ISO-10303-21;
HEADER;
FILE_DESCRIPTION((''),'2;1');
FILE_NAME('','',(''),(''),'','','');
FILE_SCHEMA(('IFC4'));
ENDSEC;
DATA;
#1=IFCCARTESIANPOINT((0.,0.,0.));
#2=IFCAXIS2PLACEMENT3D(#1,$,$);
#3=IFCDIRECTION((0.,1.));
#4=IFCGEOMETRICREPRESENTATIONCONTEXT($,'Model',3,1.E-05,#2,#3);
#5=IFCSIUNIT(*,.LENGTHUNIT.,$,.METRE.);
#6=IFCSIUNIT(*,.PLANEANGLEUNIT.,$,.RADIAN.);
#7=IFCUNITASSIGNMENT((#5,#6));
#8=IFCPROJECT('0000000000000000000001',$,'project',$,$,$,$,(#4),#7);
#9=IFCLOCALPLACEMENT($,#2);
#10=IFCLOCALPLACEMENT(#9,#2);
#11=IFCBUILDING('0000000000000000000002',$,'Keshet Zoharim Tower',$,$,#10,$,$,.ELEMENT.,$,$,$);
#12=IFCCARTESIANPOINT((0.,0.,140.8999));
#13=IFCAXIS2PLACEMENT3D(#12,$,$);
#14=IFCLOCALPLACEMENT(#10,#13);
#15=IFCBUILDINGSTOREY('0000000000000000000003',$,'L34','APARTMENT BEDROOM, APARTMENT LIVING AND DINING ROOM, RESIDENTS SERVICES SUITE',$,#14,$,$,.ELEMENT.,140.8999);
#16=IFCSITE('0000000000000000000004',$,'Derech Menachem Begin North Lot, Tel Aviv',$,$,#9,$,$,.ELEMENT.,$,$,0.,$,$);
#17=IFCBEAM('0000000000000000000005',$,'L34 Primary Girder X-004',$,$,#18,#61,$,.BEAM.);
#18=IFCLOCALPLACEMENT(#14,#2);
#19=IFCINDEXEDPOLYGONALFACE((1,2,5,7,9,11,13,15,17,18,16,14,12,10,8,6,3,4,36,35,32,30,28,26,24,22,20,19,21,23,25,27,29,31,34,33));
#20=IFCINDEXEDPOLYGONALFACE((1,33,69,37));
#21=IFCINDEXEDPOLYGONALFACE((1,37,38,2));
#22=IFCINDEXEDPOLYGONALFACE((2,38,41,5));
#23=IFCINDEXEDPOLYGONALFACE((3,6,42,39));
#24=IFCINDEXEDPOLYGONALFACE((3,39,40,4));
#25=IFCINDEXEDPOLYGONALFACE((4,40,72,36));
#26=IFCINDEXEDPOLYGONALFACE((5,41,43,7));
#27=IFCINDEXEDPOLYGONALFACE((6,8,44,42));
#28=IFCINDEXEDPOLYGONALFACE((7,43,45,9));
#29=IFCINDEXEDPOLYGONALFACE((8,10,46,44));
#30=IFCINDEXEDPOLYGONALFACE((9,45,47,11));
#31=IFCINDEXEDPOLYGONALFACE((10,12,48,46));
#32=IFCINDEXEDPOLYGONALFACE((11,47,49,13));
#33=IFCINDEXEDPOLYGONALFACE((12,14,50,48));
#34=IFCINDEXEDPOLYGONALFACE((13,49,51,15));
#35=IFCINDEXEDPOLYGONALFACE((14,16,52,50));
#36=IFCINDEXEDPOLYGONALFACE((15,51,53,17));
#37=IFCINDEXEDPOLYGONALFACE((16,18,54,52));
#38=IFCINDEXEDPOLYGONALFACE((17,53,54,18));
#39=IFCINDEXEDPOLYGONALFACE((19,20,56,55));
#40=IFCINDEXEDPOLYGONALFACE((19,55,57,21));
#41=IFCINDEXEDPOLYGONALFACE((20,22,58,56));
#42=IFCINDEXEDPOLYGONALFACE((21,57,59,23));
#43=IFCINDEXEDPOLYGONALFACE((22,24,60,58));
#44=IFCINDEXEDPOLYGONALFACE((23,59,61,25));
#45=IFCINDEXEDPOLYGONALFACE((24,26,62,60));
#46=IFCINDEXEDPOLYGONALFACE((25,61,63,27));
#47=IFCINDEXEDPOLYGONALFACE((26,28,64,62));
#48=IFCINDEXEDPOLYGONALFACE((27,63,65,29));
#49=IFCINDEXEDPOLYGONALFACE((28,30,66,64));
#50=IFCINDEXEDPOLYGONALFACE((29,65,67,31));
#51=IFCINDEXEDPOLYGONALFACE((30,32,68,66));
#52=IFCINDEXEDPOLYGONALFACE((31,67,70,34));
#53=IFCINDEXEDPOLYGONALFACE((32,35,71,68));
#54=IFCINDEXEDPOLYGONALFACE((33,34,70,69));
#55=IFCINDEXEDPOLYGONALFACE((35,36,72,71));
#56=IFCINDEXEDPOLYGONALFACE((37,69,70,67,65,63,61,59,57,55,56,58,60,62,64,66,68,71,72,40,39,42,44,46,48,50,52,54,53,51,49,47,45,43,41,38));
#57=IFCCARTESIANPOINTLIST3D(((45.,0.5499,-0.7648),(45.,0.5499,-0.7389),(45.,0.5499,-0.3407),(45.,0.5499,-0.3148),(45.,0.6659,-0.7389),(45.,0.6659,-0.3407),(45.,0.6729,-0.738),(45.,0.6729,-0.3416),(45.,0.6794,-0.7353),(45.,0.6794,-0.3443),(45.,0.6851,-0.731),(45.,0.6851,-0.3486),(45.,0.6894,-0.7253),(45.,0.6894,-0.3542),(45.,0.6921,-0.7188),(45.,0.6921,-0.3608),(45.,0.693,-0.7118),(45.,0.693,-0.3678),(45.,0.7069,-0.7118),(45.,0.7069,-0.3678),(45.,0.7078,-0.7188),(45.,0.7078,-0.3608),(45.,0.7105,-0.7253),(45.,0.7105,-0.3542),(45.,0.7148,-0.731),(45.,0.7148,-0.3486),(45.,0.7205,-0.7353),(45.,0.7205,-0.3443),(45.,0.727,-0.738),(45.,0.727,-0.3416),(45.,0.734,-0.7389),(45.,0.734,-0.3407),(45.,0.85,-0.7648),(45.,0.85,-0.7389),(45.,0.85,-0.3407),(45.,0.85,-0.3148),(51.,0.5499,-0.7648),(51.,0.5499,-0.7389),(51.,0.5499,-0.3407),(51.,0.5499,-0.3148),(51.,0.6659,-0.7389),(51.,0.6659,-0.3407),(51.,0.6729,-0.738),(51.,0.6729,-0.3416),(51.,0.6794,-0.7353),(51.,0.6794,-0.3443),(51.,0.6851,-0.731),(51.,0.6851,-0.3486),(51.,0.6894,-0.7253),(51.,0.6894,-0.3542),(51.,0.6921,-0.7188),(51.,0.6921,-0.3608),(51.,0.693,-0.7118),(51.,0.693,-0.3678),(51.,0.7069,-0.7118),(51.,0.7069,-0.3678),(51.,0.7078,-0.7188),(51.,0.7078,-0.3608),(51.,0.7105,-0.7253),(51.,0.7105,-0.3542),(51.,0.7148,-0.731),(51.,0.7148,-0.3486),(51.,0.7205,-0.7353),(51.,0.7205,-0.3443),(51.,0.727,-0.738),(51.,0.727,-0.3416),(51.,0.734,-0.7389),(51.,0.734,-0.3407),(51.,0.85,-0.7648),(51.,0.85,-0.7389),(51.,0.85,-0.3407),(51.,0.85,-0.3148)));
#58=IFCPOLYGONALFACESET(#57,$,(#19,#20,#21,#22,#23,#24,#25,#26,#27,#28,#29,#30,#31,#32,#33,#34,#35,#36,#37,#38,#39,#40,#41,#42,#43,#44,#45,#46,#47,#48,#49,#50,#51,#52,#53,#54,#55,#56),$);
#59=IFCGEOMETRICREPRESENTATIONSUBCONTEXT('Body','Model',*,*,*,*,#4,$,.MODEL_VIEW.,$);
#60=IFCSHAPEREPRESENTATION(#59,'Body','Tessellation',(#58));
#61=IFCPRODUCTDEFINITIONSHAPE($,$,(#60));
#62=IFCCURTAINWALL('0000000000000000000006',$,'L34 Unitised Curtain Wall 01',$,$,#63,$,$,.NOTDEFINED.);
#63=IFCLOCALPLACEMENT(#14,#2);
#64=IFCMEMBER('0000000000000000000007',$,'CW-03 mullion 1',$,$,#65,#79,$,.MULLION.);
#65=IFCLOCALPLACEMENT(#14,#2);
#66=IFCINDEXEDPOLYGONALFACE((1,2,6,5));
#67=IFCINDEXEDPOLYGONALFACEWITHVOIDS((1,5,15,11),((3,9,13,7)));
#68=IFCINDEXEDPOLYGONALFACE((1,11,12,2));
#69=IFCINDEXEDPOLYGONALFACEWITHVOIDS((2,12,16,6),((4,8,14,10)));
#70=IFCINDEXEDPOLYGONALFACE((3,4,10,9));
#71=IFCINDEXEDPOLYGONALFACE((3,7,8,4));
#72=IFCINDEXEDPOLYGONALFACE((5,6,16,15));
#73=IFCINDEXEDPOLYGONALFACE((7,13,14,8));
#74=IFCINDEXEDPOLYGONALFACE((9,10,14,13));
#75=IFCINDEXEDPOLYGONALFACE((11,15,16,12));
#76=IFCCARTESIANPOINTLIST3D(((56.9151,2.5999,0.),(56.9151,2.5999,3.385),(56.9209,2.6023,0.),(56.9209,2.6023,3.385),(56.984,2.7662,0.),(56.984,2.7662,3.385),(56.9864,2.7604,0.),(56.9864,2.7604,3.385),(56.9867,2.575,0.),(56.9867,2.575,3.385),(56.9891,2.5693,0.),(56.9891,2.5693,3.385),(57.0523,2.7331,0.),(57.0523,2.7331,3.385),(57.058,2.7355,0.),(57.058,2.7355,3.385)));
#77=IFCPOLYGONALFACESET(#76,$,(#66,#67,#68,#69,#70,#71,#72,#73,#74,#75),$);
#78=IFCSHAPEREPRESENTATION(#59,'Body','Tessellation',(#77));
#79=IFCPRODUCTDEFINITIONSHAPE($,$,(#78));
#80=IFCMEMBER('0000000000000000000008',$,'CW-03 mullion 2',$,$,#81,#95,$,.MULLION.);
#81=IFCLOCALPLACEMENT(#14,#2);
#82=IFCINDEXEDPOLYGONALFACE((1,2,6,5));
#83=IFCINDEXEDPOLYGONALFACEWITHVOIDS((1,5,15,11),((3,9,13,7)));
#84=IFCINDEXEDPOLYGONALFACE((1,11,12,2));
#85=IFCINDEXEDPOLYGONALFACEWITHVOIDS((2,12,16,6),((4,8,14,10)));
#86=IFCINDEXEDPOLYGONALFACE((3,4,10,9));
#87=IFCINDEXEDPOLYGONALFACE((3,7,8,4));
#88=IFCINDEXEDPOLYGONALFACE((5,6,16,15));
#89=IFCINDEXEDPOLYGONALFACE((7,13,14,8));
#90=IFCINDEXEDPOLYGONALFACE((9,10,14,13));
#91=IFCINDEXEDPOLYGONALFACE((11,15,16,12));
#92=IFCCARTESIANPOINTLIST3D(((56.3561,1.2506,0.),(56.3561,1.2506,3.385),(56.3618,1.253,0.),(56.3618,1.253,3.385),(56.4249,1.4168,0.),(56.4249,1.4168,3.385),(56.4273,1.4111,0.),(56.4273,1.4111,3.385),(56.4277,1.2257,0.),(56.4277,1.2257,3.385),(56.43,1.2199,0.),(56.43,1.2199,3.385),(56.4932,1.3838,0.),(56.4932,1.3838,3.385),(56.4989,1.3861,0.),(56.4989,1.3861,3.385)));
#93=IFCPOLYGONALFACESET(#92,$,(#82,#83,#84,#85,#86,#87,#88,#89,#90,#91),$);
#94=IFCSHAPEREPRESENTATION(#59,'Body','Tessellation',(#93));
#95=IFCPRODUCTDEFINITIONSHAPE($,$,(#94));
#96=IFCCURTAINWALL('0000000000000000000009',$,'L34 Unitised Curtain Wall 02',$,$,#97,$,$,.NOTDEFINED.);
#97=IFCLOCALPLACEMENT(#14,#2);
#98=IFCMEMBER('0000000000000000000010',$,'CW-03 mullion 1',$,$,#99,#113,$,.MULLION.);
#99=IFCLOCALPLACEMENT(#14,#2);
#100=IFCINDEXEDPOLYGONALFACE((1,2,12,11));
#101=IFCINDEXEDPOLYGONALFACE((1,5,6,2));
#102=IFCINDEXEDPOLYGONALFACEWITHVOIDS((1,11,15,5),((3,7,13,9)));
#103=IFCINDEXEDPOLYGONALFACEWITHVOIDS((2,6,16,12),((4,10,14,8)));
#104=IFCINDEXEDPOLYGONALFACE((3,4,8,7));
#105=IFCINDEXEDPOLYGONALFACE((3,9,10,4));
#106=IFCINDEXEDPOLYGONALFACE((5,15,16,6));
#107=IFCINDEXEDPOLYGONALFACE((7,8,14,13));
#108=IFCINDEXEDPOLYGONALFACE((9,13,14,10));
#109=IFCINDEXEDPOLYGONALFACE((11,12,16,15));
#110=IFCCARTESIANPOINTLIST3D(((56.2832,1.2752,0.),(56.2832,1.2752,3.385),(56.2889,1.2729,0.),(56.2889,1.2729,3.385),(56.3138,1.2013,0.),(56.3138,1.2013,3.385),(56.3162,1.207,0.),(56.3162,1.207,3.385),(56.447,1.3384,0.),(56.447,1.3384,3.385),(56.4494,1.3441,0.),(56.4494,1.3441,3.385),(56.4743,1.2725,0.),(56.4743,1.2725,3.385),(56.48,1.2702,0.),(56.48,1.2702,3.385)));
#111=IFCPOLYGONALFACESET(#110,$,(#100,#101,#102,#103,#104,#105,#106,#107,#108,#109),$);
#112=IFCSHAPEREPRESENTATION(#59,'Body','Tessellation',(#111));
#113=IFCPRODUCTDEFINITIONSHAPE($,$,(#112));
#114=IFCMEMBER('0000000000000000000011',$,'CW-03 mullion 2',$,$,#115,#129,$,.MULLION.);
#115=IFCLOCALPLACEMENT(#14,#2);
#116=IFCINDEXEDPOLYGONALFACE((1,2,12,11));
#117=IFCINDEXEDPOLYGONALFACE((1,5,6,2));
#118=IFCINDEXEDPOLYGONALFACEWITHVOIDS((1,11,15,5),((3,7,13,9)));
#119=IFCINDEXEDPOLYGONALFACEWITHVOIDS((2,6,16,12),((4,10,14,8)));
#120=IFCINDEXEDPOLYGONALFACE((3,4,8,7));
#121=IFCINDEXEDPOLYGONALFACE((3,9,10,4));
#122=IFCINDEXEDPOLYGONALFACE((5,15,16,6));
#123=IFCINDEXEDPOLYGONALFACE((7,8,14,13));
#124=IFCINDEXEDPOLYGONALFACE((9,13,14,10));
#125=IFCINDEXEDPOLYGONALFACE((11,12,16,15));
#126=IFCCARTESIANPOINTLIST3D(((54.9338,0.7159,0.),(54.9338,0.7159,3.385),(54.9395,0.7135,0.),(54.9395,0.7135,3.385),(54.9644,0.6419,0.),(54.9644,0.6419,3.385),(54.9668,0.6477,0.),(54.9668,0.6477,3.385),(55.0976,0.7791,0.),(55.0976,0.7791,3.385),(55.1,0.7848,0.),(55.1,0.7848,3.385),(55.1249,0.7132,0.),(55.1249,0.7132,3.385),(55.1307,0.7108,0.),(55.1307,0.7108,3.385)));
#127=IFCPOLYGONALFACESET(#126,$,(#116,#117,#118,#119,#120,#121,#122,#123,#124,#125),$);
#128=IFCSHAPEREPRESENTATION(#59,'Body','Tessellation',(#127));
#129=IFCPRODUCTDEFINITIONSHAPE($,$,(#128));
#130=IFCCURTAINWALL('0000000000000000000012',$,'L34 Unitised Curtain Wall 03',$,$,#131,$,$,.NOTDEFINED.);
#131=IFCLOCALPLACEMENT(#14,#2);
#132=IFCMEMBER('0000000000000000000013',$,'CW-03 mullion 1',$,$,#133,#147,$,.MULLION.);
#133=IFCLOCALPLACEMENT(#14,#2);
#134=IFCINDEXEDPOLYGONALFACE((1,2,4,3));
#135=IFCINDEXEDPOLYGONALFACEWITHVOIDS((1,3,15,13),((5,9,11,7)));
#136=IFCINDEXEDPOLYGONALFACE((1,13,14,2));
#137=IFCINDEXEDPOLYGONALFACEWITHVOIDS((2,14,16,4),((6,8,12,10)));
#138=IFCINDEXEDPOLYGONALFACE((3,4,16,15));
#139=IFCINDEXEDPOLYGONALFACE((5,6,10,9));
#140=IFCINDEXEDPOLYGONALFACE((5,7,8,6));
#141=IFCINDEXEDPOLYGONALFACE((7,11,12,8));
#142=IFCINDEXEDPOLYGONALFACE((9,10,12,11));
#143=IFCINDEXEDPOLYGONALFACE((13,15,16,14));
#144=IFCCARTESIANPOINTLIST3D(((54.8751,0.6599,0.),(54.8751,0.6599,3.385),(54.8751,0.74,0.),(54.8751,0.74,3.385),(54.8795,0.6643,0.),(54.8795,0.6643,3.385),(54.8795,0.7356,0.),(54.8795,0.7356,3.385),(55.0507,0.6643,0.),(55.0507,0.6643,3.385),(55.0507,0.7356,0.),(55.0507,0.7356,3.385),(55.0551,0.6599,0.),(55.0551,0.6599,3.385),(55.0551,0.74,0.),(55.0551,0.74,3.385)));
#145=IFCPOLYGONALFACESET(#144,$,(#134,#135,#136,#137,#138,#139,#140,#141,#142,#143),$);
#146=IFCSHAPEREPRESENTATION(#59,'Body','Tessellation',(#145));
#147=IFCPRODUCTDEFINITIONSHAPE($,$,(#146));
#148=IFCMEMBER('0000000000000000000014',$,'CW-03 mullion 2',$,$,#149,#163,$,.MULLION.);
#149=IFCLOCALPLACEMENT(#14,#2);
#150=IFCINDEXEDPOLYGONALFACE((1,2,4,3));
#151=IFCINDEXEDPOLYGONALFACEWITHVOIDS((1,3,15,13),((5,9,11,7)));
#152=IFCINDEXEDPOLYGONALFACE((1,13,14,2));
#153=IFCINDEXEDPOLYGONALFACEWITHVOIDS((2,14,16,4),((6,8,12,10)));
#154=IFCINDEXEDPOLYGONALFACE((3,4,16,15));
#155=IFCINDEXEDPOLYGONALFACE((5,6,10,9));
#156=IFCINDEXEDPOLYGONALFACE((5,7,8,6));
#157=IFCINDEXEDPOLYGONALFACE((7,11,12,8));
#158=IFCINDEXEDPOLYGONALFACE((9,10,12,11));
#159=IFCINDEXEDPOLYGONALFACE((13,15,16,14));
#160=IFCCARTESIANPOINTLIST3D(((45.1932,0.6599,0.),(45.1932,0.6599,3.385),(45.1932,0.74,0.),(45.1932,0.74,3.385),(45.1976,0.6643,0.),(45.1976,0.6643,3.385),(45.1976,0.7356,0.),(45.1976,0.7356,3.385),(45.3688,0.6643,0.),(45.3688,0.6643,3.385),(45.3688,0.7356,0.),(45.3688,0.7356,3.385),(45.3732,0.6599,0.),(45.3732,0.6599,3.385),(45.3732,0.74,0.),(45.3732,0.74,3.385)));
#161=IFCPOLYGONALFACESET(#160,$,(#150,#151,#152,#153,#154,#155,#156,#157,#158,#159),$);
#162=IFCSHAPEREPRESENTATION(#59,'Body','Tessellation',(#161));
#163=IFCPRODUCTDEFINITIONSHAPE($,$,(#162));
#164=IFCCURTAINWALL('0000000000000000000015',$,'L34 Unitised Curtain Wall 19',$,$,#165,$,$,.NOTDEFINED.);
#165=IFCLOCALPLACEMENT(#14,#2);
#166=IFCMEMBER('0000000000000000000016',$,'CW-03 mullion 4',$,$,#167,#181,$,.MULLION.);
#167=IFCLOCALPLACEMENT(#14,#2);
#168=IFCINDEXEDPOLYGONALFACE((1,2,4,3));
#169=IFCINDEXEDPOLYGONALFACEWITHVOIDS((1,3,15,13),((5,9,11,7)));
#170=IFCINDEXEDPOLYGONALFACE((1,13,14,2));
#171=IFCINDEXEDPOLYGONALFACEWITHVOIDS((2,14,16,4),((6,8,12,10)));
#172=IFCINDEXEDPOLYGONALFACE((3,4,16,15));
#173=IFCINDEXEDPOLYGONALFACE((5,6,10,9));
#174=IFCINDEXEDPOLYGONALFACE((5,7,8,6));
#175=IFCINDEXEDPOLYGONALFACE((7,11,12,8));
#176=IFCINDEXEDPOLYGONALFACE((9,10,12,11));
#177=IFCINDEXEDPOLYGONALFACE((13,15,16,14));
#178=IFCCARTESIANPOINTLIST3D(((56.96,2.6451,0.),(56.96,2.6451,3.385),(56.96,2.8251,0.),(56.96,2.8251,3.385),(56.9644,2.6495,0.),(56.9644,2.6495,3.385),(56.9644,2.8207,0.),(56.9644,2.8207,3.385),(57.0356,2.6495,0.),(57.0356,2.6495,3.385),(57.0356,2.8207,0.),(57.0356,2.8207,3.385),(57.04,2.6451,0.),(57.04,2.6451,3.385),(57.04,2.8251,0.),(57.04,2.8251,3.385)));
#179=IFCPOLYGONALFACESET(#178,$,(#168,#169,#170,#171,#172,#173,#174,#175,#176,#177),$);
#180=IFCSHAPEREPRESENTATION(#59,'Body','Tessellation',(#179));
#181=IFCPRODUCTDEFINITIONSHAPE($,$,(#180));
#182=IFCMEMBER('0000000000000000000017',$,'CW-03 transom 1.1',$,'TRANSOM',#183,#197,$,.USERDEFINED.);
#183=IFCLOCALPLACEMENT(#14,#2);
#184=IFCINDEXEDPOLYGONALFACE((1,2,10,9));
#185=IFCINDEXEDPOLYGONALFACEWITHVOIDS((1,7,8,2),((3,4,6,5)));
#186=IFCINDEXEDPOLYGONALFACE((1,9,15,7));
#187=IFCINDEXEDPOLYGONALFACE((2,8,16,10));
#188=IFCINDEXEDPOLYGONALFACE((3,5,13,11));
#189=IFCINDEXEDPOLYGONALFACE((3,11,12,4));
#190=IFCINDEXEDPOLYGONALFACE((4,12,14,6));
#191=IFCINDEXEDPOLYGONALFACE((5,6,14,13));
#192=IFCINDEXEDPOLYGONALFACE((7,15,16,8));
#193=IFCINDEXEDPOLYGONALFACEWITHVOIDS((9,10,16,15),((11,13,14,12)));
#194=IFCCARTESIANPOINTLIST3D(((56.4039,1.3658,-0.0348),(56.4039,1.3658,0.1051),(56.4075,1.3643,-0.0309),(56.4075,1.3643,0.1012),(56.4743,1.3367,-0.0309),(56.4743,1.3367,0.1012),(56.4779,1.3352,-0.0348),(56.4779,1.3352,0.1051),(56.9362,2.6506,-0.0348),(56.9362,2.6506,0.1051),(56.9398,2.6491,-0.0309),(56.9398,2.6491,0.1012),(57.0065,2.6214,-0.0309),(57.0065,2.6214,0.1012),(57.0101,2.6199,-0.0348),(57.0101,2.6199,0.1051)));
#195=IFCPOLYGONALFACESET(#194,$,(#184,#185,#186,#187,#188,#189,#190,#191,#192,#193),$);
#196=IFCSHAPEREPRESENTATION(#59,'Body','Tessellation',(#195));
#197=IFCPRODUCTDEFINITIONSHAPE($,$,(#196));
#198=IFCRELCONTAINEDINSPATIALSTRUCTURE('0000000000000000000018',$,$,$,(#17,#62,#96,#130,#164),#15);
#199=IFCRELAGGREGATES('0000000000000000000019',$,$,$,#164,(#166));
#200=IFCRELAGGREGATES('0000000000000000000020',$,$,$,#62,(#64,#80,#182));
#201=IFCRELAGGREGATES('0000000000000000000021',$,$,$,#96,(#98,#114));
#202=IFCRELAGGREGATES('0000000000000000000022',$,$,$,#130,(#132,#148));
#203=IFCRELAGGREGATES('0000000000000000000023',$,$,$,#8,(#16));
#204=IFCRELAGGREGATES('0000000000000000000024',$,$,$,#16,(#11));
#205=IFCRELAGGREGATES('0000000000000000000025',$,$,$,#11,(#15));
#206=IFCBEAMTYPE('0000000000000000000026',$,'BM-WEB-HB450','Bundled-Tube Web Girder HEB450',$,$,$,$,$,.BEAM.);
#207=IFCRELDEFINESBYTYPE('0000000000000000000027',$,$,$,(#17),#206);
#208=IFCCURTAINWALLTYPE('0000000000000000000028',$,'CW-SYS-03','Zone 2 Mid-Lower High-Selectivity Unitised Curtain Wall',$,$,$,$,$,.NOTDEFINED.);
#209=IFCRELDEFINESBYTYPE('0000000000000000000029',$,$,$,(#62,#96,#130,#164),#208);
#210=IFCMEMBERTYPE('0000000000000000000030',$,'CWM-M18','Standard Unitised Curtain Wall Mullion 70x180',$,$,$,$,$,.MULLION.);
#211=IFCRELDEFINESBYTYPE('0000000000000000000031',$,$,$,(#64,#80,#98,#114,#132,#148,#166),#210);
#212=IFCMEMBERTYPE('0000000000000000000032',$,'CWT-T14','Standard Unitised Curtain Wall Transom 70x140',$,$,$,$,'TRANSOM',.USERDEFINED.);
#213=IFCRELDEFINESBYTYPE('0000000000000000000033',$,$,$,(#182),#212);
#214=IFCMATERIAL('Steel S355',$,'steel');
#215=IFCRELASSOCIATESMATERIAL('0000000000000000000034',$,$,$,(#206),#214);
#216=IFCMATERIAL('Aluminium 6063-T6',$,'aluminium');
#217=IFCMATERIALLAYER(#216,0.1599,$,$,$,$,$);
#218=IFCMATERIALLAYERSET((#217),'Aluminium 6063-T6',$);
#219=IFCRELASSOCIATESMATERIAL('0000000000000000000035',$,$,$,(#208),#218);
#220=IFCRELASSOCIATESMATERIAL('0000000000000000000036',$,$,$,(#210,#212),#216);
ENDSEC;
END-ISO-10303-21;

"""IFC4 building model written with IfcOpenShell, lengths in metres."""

from ifc_helpers import new_model, si_unit, direction, frame, origin, origin_2d, place, context, subcontext, project, spatial, hollow_rectangle, i_section, extrude, material, layer, layer_set, material_profile, profile_set, type_object, element, aggregate, save


model = new_model("IFC4")

# Units and contexts
model_context = context("Model", 3, precision=1e-05, world=origin(), true_north=direction((0.0, 1.0)))
body_context = subcontext(model_context, "Body", "Model", "MODEL_VIEW")
ifc_project = project(units=[si_unit("LENGTHUNIT", "METRE"), si_unit("PLANEANGLEUNIT", "RADIAN")], contexts=[model_context])

# Site, building, storey
site_placement = place(None, origin())
site = spatial("IfcSite", under=ifc_project, at=site_placement, Name="Derech Menachem Begin North Lot, Tel Aviv", CompositionType="ELEMENT", RefElevation=0.0)
building_placement = place(site_placement, origin())
building = spatial("IfcBuilding", under=site, at=building_placement, Name="Keshet Zoharim Tower", CompositionType="ELEMENT")
storey_placement = place(building_placement, frame((0.0, 0.0, 140.8999)))
storey = spatial("IfcBuildingStorey", under=building, at=storey_placement, Name="L34", Description="APARTMENT BEDROOM, APARTMENT LIVING AND DINING ROOM, RESIDENTS SERVICES SUITE", CompositionType="ELEMENT", Elevation=140.8999)

# Shared definitions
ifc_material_1 = material(Name="Steel S355", Category="steel")

# Beam
ifc_material_profile_1 = material_profile(ifc_material_1, i_section(OverallWidth=0.3, OverallDepth=0.45, WebThickness=0.0139, FlangeThickness=0.0259, FilletRadius=0.0271, at=origin_2d()), Name="HEB450")
ifc_profile_set_1 = profile_set([ifc_material_profile_1], Name="Steel S355")
beam_type_1 = type_object("IfcBeamType", Name="BM-WEB-HB450", Description="Bundled-Tube Web Girder HEB450", PredefinedType="BEAM", material=ifc_profile_set_1)
beam_1_placement = place(storey_placement, frame((45.0, 0.7, -0.5398), z_axis=(1.0, 0.0, 0.0), x_axis=(0.0, 1.0, 0.0)))
element("IfcBeam", 1, at=beam_1_placement, inside=storey, type_object=beam_type_1, Name="L34 Primary Girder X-004", PredefinedType="BEAM", context=body_context, shape_type="SweptSolid", body=[
    extrude(i_section(OverallWidth=0.3, OverallDepth=0.45, WebThickness=0.0139, FlangeThickness=0.0259, FilletRadius=0.0271, at=origin_2d()), origin(), (0.0, 0.0, 1.0), 6.0),
])

# Curtain walls, members
ifc_material_2 = material(Name="Aluminium 6063-T6", Category="aluminium")
ifc_layer_1 = layer(ifc_material_2, 0.1599)
ifc_layer_set_1 = layer_set([ifc_layer_1], Name="Aluminium 6063-T6")
curtain_wall_type = type_object("IfcCurtainWallType", Name="CW-SYS-03", Description="Zone 2 Mid-Lower High-Selectivity Unitised Curtain Wall", PredefinedType="NOTDEFINED", material=ifc_layer_set_1)
curtain_wall_1_placement = place(storey_placement, origin())
curtain_wall_1 = element("IfcCurtainWall", 2, at=curtain_wall_1_placement, inside=storey, type_object=curtain_wall_type, Name="L34 Unitised Curtain Wall 01", PredefinedType="NOTDEFINED")
ifc_material_profile_2 = material_profile(ifc_material_2, hollow_rectangle(XDim=0.0801, YDim=0.1799, WallThickness=0.0044, at=origin_2d()), Name="MUL-80x180")
ifc_profile_set_2 = profile_set([ifc_material_profile_2], Name="Aluminium 6063-T6")
member_type_1 = type_object("IfcMemberType", Name="CWM-M18", Description="Standard Unitised Curtain Wall Mullion 70x180", PredefinedType="MULLION", material=ifc_profile_set_2)
member_1_placement = place(storey_placement, frame((56.9866, 2.6677, 0.0), z_axis=(0.0, 0.0, 1.0), x_axis=(0.92381, -0.382852, 0.0)))
member_1 = element("IfcMember", 3, at=member_1_placement, type_object=member_type_1, Name="CW-03 mullion 1", PredefinedType="MULLION", context=body_context, shape_type="SweptSolid", body=[
    extrude(hollow_rectangle(XDim=0.0801, YDim=0.1799, WallThickness=0.0044, at=origin_2d()), origin(), (0.0, 0.0, 1.0), 3.385),
])
member_2_placement = place(storey_placement, frame((56.4275, 1.3184, 0.0), z_axis=(0.0, 0.0, 1.0), x_axis=(0.92381, -0.382852, 0.0)))
member_2 = element("IfcMember", 4, at=member_2_placement, type_object=member_type_1, Name="CW-03 mullion 2", PredefinedType="MULLION", context=body_context, shape_type="SweptSolid", body=[
    extrude(hollow_rectangle(XDim=0.0801, YDim=0.1799, WallThickness=0.0044, at=origin_2d()), origin(), (0.0, 0.0, 1.0), 3.385),
])
curtain_wall_2_placement = place(storey_placement, origin())
curtain_wall_2 = element("IfcCurtainWall", 5, at=curtain_wall_2_placement, inside=storey, type_object=curtain_wall_type, Name="L34 Unitised Curtain Wall 02", PredefinedType="NOTDEFINED")
member_3_placement = place(storey_placement, frame((56.3816, 1.2727, 0.0), z_axis=(0.0, 0.0, 1.0), x_axis=(0.382852, -0.92381, 0.0)))
member_3 = element("IfcMember", 6, at=member_3_placement, type_object=member_type_1, Name="CW-03 mullion 1", PredefinedType="MULLION", context=body_context, shape_type="SweptSolid", body=[
    extrude(hollow_rectangle(XDim=0.0801, YDim=0.1799, WallThickness=0.0044, at=origin_2d()), origin(), (0.0, 0.0, 1.0), 3.385),
])
member_4_placement = place(storey_placement, frame((55.0322, 0.7134, 0.0), z_axis=(0.0, 0.0, 1.0), x_axis=(0.382852, -0.92381, 0.0)))
member_4 = element("IfcMember", 7, at=member_4_placement, type_object=member_type_1, Name="CW-03 mullion 2", PredefinedType="MULLION", context=body_context, shape_type="SweptSolid", body=[
    extrude(hollow_rectangle(XDim=0.0801, YDim=0.1799, WallThickness=0.0044, at=origin_2d()), origin(), (0.0, 0.0, 1.0), 3.385),
])
curtain_wall_3_placement = place(storey_placement, origin())
curtain_wall_3 = element("IfcCurtainWall", 8, at=curtain_wall_3_placement, inside=storey, type_object=curtain_wall_type, Name="L34 Unitised Curtain Wall 03", PredefinedType="NOTDEFINED")
member_5_placement = place(storey_placement, frame((54.9651, 0.7, 0.0), z_axis=(0.0, 0.0, 1.0), x_axis=(0.0, -1.0, 0.0)))
member_5 = element("IfcMember", 9, at=member_5_placement, type_object=member_type_1, Name="CW-03 mullion 1", PredefinedType="MULLION", context=body_context, shape_type="SweptSolid", body=[
    extrude(hollow_rectangle(XDim=0.0801, YDim=0.1799, WallThickness=0.0044, at=origin_2d()), origin(), (0.0, 0.0, 1.0), 3.385),
])
member_6_placement = place(storey_placement, frame((45.2832, 0.7, 0.0), z_axis=(0.0, 0.0, 1.0), x_axis=(0.0, -1.0, 0.0)))
member_6 = element("IfcMember", 10, at=member_6_placement, type_object=member_type_1, Name="CW-03 mullion 2", PredefinedType="MULLION", context=body_context, shape_type="SweptSolid", body=[
    extrude(hollow_rectangle(XDim=0.0801, YDim=0.1799, WallThickness=0.0044, at=origin_2d()), origin(), (0.0, 0.0, 1.0), 3.385),
])

# Curtain wall, member
curtain_wall_4_placement = place(storey_placement, origin())
curtain_wall_4 = element("IfcCurtainWall", 11, at=curtain_wall_4_placement, inside=storey, type_object=curtain_wall_type, Name="L34 Unitised Curtain Wall 19", PredefinedType="NOTDEFINED")
member_7_placement = place(storey_placement, frame((57.0, 2.7351, 0.0), z_axis=(0.0, 0.0, 1.0), x_axis=(1.0, 0.0, 0.0)))
member_7 = element("IfcMember", 12, at=member_7_placement, type_object=member_type_1, Name="CW-03 mullion 4", PredefinedType="MULLION", context=body_context, shape_type="SweptSolid", body=[
    extrude(hollow_rectangle(XDim=0.0801, YDim=0.1799, WallThickness=0.0044, at=origin_2d()), origin(), (0.0, 0.0, 1.0), 3.385),
])
aggregate(curtain_wall_4, [member_7])

# Member
ifc_material_profile_3 = material_profile(ifc_material_2, hollow_rectangle(XDim=0.0801, YDim=0.1399, WallThickness=0.0039, at=origin_2d()), Name="TRN-80x140")
ifc_profile_set_3 = profile_set([ifc_material_profile_3], Name="Aluminium 6063-T6")
member_type_2 = type_object("IfcMemberType", Name="CWT-T14", Description="Standard Unitised Curtain Wall Transom 70x140", ElementType="TRANSOM", PredefinedType="USERDEFINED", material=ifc_profile_set_3)
member_8_placement = place(storey_placement, frame((56.9731, 2.6353, 0.0352), z_axis=(-0.382745, -0.923854, 0.0), x_axis=(0.923854, -0.382745, 0.0)))
member_8 = element("IfcMember", 13, at=member_8_placement, type_object=member_type_2, Name="CW-03 transom 1.1", ObjectType="TRANSOM", PredefinedType="USERDEFINED", context=body_context, shape_type="SweptSolid", body=[
    extrude(hollow_rectangle(XDim=0.0801, YDim=0.1399, WallThickness=0.0039, at=origin_2d()), origin(), (0.0, 0.0, 1.0), 1.3906),
])

aggregate(curtain_wall_1, [member_1, member_2, member_8])
aggregate(curtain_wall_2, [member_3, member_4])
aggregate(curtain_wall_3, [member_5, member_6])

save(model, "model.ifc")
